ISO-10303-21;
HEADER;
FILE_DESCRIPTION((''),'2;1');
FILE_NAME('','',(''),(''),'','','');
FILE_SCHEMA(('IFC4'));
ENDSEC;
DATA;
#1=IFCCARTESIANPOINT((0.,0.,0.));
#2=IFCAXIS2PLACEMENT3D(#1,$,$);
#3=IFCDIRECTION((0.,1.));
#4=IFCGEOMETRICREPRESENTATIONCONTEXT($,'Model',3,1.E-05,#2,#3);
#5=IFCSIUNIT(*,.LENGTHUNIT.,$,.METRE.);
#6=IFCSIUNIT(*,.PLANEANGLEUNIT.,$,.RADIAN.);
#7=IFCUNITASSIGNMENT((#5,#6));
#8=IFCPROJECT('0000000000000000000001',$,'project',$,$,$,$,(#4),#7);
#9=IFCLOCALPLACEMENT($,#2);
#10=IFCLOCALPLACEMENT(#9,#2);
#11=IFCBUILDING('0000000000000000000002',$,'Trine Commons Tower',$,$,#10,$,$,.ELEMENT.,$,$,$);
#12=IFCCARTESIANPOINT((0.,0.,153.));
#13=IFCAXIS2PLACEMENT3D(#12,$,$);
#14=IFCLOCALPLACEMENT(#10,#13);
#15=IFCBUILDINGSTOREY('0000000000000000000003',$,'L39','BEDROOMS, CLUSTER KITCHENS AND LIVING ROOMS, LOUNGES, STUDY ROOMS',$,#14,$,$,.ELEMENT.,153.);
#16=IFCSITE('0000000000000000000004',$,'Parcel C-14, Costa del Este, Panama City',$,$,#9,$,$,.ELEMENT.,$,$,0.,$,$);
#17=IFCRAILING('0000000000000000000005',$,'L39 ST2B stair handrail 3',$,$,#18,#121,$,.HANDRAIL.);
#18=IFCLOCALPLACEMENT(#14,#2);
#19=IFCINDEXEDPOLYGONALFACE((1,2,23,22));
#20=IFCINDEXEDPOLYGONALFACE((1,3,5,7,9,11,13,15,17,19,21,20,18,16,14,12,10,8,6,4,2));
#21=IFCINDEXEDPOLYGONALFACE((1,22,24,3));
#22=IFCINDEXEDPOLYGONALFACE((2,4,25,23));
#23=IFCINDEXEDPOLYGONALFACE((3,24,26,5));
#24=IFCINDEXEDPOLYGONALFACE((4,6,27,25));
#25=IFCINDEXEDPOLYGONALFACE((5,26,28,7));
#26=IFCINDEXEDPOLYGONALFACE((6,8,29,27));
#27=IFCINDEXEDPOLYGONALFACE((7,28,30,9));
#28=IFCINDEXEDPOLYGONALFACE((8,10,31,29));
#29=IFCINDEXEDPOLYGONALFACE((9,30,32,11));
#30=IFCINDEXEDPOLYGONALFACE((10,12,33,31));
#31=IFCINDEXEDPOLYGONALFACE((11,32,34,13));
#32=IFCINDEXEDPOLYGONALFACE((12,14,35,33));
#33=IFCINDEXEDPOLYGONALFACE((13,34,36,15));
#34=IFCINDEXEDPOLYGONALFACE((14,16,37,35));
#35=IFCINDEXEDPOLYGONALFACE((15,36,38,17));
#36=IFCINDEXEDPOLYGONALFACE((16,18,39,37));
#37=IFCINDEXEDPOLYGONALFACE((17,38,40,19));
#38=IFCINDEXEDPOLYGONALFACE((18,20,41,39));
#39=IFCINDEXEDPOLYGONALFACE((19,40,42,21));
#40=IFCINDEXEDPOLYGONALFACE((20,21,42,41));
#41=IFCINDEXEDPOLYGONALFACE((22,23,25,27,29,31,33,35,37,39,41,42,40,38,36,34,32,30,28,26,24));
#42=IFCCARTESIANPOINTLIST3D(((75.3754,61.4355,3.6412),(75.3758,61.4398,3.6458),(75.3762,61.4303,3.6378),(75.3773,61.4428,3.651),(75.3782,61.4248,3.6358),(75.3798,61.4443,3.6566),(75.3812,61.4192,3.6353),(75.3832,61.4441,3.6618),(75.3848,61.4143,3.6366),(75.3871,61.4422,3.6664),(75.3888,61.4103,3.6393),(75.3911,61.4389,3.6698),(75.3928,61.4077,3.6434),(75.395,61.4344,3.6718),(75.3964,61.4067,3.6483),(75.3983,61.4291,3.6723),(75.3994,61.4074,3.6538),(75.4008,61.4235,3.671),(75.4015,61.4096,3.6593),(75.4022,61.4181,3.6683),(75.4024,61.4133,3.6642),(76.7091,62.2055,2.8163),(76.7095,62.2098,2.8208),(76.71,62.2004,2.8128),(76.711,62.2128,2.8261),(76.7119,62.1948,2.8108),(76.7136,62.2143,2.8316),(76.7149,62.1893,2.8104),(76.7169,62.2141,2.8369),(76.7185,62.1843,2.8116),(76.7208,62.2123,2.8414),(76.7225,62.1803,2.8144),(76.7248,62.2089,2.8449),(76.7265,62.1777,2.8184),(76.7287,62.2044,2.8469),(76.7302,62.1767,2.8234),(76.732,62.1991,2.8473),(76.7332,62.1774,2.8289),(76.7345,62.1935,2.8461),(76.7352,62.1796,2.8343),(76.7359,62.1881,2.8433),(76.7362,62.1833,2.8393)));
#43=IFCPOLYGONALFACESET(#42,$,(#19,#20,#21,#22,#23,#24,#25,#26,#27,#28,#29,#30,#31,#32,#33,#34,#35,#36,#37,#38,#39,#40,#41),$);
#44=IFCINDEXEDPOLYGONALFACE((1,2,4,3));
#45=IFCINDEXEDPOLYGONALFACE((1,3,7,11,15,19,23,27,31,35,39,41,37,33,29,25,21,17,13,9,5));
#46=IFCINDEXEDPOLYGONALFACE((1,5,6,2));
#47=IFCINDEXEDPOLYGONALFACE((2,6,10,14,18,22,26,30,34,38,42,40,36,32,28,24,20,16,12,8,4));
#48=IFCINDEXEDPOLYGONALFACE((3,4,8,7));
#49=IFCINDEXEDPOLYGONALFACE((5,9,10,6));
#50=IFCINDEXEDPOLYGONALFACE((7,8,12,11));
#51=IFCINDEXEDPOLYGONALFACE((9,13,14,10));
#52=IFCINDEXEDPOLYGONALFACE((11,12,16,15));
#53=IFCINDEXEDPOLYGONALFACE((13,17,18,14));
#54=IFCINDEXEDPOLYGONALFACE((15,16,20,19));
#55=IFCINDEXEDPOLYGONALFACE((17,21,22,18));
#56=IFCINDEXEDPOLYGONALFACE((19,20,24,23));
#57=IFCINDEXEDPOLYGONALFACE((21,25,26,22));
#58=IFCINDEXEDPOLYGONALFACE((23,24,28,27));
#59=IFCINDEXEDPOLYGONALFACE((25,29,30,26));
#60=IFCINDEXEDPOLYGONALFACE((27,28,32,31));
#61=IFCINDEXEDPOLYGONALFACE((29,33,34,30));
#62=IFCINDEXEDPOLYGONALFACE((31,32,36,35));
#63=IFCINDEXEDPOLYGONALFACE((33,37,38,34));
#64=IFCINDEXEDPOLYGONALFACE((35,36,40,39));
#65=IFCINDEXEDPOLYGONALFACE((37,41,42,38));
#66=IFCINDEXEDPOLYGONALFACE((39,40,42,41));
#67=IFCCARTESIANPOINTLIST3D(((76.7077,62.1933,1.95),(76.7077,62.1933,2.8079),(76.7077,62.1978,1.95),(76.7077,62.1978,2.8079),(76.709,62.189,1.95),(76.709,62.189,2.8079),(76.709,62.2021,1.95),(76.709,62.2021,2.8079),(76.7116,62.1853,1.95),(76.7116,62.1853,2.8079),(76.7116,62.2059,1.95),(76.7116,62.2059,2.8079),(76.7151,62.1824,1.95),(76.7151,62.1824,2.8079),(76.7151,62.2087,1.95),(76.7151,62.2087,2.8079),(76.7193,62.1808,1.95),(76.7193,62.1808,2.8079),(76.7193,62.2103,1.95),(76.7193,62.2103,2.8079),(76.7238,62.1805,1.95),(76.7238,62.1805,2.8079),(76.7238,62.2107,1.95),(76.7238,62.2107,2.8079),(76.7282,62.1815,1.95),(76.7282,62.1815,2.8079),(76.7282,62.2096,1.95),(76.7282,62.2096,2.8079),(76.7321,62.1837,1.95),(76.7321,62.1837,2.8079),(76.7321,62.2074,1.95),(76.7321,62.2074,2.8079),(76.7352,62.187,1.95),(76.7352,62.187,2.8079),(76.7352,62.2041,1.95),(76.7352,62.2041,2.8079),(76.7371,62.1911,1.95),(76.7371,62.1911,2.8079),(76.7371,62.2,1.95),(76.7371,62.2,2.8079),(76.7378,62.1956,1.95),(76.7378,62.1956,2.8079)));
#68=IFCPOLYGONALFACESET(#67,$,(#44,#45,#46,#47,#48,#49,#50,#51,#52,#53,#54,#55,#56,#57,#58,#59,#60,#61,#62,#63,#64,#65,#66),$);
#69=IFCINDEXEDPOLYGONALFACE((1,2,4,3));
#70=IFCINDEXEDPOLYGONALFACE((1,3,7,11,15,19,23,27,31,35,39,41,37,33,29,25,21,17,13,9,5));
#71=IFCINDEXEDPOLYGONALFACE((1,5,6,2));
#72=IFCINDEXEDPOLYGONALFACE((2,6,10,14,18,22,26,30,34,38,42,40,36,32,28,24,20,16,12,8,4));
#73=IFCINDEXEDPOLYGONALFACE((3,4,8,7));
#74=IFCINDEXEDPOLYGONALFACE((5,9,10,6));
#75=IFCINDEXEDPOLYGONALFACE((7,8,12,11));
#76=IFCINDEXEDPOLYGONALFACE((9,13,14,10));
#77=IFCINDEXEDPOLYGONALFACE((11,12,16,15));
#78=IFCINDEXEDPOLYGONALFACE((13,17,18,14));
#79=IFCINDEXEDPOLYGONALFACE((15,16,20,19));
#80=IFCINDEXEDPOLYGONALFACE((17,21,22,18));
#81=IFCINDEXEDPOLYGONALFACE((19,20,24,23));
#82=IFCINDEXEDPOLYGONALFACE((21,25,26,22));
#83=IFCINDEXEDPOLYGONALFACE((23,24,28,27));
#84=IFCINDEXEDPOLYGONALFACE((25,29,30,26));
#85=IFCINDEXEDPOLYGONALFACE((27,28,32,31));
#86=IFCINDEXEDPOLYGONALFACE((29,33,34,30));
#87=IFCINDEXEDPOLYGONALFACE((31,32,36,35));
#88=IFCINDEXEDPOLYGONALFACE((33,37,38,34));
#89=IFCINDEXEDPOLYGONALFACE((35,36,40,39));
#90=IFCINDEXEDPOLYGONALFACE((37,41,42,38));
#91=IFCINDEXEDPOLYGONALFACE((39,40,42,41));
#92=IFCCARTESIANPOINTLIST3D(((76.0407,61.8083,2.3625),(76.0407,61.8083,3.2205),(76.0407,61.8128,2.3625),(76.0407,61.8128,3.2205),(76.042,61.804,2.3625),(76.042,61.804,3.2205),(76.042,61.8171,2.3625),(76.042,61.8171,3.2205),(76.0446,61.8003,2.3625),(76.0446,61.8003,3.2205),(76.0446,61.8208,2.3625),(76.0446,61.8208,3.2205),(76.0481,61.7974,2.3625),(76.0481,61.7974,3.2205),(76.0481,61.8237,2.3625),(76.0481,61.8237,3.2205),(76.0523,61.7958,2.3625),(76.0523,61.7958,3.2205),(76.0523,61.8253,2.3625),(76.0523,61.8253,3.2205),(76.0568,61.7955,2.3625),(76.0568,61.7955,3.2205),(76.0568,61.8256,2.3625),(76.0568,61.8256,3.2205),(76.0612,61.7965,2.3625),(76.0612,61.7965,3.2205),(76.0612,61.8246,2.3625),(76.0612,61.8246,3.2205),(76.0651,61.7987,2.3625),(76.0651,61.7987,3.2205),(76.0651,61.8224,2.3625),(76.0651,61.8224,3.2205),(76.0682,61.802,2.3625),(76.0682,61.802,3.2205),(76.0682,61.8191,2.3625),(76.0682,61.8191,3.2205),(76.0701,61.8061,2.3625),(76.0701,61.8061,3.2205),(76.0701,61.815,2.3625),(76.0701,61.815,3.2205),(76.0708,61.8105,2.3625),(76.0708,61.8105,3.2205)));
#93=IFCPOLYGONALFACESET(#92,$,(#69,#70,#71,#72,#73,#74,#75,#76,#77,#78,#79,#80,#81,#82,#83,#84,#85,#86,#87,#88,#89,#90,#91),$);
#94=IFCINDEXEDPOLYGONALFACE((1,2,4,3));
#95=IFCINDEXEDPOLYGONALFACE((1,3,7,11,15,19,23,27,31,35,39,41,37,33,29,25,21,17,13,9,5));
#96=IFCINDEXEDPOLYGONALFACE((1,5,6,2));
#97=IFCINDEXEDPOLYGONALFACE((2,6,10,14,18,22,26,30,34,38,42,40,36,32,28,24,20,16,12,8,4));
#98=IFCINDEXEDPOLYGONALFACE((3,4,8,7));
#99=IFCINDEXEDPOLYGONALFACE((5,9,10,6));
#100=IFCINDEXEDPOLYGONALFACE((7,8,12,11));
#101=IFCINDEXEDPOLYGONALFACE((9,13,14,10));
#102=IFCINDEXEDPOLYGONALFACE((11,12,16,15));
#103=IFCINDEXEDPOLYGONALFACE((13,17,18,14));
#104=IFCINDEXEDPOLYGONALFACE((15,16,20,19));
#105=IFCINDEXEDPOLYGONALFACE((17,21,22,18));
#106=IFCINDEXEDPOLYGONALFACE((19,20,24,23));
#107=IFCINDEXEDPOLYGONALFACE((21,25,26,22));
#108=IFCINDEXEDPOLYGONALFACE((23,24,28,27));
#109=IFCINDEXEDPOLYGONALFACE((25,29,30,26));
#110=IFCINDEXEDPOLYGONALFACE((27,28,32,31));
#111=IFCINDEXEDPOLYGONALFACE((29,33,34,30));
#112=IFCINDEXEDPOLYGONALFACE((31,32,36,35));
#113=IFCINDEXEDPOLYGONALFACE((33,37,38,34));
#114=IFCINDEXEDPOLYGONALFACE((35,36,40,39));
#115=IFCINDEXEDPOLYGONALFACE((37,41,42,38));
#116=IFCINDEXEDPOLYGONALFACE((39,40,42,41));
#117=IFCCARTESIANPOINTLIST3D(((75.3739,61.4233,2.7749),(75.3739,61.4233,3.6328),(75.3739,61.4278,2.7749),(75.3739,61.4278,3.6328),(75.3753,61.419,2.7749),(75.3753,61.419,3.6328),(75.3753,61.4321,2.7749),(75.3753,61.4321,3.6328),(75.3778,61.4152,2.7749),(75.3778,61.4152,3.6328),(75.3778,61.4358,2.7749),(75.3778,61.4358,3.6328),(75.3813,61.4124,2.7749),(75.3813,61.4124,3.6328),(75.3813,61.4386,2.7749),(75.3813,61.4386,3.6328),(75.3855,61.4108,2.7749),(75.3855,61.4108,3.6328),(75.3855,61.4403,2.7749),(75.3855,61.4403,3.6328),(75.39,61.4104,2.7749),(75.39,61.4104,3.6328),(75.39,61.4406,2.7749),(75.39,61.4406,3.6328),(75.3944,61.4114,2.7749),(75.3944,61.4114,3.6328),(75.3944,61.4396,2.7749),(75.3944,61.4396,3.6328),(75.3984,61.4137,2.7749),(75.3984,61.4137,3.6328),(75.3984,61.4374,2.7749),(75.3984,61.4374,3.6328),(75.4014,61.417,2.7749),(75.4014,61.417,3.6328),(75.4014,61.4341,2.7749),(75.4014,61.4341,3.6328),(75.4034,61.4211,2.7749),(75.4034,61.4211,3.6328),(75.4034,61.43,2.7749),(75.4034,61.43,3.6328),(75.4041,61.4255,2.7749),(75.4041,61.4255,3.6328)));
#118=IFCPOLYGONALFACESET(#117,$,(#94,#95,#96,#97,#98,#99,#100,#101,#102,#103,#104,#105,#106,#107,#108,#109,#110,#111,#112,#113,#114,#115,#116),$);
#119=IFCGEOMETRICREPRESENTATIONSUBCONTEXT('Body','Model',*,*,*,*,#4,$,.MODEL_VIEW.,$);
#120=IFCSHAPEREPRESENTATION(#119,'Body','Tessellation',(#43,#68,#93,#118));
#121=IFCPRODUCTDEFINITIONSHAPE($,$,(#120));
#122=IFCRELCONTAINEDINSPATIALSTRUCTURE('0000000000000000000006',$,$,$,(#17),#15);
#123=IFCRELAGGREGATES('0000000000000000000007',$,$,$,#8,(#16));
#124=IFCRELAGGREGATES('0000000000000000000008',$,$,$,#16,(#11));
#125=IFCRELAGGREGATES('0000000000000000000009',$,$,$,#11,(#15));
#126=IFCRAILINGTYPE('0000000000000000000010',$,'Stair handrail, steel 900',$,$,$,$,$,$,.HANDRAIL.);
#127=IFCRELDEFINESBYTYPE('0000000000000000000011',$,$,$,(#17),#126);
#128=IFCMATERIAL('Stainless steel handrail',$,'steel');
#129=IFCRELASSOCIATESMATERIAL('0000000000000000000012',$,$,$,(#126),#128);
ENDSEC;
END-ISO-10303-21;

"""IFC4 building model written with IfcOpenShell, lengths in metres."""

from ifc_helpers import new_model, si_unit, direction, frame, origin, origin_2d, place, context, subcontext, project, spatial, circle, extrude, material, type_object, element, save


model = new_model("IFC4")

# Units and contexts
model_context = context("Model", 3, precision=1e-05, world=origin(), true_north=direction((0.0, 1.0)))
body_context = subcontext(model_context, "Body", "Model", "MODEL_VIEW")
ifc_project = project(units=[si_unit("LENGTHUNIT", "METRE"), si_unit("PLANEANGLEUNIT", "RADIAN")], contexts=[model_context])

# Site, building, storey
site_placement = place(None, origin())
site = spatial("IfcSite", under=ifc_project, at=site_placement, Name="Parcel C-14, Costa del Este, Panama City", CompositionType="ELEMENT", RefElevation=0.0)
building_placement = place(site_placement, origin())
building = spatial("IfcBuilding", under=site, at=building_placement, Name="Trine Commons Tower", CompositionType="ELEMENT")
storey_placement = place(building_placement, frame((0.0, 0.0, 153.0)))
storey = spatial("IfcBuildingStorey", under=building, at=storey_placement, Name="L39", Description="BEDROOMS, CLUSTER KITCHENS AND LIVING ROOMS, LOUNGES, STUDY ROOMS", CompositionType="ELEMENT", Elevation=153.0)

# Railing
ifc_material_1 = material(Name="Stainless steel handrail", Category="steel")
railing_type_1 = type_object("IfcRailingType", Name="Stair handrail, steel 900", PredefinedType="HANDRAIL", material=ifc_material_1)
railing_1_placement = place(storey_placement, frame((76.7227, 62.1956, 1.95)))
element("IfcRailing", 1, at=railing_1_placement, inside=storey, type_object=railing_type_1, Name="L39 ST2B stair handrail 3", PredefinedType="HANDRAIL", context=body_context, shape_type="SweptSolid", body=[
    extrude(circle(Radius=0.021, at=origin_2d()), frame((0.0, 0.0, 0.8789), z_axis=(-0.763405, -0.440743, 0.472185), x_axis=(0.499992, -0.86603, 0.0)), (0.0, 0.0, 1.0), 1.7471),
    extrude(circle(Radius=0.0151, at=origin_2d()), origin(), (0.0, 0.0, 1.0), 0.8579),
    extrude(circle(Radius=0.0151, at=origin_2d()), frame((-0.667, -0.385, 0.4126)), (0.0, 0.0, 1.0), 0.8579),
    extrude(circle(Radius=0.0151, at=origin_2d()), frame((-1.3337, -0.77, 0.825)), (0.0, 0.0, 1.0), 0.8579),
])

save(model, "model.ifc")
